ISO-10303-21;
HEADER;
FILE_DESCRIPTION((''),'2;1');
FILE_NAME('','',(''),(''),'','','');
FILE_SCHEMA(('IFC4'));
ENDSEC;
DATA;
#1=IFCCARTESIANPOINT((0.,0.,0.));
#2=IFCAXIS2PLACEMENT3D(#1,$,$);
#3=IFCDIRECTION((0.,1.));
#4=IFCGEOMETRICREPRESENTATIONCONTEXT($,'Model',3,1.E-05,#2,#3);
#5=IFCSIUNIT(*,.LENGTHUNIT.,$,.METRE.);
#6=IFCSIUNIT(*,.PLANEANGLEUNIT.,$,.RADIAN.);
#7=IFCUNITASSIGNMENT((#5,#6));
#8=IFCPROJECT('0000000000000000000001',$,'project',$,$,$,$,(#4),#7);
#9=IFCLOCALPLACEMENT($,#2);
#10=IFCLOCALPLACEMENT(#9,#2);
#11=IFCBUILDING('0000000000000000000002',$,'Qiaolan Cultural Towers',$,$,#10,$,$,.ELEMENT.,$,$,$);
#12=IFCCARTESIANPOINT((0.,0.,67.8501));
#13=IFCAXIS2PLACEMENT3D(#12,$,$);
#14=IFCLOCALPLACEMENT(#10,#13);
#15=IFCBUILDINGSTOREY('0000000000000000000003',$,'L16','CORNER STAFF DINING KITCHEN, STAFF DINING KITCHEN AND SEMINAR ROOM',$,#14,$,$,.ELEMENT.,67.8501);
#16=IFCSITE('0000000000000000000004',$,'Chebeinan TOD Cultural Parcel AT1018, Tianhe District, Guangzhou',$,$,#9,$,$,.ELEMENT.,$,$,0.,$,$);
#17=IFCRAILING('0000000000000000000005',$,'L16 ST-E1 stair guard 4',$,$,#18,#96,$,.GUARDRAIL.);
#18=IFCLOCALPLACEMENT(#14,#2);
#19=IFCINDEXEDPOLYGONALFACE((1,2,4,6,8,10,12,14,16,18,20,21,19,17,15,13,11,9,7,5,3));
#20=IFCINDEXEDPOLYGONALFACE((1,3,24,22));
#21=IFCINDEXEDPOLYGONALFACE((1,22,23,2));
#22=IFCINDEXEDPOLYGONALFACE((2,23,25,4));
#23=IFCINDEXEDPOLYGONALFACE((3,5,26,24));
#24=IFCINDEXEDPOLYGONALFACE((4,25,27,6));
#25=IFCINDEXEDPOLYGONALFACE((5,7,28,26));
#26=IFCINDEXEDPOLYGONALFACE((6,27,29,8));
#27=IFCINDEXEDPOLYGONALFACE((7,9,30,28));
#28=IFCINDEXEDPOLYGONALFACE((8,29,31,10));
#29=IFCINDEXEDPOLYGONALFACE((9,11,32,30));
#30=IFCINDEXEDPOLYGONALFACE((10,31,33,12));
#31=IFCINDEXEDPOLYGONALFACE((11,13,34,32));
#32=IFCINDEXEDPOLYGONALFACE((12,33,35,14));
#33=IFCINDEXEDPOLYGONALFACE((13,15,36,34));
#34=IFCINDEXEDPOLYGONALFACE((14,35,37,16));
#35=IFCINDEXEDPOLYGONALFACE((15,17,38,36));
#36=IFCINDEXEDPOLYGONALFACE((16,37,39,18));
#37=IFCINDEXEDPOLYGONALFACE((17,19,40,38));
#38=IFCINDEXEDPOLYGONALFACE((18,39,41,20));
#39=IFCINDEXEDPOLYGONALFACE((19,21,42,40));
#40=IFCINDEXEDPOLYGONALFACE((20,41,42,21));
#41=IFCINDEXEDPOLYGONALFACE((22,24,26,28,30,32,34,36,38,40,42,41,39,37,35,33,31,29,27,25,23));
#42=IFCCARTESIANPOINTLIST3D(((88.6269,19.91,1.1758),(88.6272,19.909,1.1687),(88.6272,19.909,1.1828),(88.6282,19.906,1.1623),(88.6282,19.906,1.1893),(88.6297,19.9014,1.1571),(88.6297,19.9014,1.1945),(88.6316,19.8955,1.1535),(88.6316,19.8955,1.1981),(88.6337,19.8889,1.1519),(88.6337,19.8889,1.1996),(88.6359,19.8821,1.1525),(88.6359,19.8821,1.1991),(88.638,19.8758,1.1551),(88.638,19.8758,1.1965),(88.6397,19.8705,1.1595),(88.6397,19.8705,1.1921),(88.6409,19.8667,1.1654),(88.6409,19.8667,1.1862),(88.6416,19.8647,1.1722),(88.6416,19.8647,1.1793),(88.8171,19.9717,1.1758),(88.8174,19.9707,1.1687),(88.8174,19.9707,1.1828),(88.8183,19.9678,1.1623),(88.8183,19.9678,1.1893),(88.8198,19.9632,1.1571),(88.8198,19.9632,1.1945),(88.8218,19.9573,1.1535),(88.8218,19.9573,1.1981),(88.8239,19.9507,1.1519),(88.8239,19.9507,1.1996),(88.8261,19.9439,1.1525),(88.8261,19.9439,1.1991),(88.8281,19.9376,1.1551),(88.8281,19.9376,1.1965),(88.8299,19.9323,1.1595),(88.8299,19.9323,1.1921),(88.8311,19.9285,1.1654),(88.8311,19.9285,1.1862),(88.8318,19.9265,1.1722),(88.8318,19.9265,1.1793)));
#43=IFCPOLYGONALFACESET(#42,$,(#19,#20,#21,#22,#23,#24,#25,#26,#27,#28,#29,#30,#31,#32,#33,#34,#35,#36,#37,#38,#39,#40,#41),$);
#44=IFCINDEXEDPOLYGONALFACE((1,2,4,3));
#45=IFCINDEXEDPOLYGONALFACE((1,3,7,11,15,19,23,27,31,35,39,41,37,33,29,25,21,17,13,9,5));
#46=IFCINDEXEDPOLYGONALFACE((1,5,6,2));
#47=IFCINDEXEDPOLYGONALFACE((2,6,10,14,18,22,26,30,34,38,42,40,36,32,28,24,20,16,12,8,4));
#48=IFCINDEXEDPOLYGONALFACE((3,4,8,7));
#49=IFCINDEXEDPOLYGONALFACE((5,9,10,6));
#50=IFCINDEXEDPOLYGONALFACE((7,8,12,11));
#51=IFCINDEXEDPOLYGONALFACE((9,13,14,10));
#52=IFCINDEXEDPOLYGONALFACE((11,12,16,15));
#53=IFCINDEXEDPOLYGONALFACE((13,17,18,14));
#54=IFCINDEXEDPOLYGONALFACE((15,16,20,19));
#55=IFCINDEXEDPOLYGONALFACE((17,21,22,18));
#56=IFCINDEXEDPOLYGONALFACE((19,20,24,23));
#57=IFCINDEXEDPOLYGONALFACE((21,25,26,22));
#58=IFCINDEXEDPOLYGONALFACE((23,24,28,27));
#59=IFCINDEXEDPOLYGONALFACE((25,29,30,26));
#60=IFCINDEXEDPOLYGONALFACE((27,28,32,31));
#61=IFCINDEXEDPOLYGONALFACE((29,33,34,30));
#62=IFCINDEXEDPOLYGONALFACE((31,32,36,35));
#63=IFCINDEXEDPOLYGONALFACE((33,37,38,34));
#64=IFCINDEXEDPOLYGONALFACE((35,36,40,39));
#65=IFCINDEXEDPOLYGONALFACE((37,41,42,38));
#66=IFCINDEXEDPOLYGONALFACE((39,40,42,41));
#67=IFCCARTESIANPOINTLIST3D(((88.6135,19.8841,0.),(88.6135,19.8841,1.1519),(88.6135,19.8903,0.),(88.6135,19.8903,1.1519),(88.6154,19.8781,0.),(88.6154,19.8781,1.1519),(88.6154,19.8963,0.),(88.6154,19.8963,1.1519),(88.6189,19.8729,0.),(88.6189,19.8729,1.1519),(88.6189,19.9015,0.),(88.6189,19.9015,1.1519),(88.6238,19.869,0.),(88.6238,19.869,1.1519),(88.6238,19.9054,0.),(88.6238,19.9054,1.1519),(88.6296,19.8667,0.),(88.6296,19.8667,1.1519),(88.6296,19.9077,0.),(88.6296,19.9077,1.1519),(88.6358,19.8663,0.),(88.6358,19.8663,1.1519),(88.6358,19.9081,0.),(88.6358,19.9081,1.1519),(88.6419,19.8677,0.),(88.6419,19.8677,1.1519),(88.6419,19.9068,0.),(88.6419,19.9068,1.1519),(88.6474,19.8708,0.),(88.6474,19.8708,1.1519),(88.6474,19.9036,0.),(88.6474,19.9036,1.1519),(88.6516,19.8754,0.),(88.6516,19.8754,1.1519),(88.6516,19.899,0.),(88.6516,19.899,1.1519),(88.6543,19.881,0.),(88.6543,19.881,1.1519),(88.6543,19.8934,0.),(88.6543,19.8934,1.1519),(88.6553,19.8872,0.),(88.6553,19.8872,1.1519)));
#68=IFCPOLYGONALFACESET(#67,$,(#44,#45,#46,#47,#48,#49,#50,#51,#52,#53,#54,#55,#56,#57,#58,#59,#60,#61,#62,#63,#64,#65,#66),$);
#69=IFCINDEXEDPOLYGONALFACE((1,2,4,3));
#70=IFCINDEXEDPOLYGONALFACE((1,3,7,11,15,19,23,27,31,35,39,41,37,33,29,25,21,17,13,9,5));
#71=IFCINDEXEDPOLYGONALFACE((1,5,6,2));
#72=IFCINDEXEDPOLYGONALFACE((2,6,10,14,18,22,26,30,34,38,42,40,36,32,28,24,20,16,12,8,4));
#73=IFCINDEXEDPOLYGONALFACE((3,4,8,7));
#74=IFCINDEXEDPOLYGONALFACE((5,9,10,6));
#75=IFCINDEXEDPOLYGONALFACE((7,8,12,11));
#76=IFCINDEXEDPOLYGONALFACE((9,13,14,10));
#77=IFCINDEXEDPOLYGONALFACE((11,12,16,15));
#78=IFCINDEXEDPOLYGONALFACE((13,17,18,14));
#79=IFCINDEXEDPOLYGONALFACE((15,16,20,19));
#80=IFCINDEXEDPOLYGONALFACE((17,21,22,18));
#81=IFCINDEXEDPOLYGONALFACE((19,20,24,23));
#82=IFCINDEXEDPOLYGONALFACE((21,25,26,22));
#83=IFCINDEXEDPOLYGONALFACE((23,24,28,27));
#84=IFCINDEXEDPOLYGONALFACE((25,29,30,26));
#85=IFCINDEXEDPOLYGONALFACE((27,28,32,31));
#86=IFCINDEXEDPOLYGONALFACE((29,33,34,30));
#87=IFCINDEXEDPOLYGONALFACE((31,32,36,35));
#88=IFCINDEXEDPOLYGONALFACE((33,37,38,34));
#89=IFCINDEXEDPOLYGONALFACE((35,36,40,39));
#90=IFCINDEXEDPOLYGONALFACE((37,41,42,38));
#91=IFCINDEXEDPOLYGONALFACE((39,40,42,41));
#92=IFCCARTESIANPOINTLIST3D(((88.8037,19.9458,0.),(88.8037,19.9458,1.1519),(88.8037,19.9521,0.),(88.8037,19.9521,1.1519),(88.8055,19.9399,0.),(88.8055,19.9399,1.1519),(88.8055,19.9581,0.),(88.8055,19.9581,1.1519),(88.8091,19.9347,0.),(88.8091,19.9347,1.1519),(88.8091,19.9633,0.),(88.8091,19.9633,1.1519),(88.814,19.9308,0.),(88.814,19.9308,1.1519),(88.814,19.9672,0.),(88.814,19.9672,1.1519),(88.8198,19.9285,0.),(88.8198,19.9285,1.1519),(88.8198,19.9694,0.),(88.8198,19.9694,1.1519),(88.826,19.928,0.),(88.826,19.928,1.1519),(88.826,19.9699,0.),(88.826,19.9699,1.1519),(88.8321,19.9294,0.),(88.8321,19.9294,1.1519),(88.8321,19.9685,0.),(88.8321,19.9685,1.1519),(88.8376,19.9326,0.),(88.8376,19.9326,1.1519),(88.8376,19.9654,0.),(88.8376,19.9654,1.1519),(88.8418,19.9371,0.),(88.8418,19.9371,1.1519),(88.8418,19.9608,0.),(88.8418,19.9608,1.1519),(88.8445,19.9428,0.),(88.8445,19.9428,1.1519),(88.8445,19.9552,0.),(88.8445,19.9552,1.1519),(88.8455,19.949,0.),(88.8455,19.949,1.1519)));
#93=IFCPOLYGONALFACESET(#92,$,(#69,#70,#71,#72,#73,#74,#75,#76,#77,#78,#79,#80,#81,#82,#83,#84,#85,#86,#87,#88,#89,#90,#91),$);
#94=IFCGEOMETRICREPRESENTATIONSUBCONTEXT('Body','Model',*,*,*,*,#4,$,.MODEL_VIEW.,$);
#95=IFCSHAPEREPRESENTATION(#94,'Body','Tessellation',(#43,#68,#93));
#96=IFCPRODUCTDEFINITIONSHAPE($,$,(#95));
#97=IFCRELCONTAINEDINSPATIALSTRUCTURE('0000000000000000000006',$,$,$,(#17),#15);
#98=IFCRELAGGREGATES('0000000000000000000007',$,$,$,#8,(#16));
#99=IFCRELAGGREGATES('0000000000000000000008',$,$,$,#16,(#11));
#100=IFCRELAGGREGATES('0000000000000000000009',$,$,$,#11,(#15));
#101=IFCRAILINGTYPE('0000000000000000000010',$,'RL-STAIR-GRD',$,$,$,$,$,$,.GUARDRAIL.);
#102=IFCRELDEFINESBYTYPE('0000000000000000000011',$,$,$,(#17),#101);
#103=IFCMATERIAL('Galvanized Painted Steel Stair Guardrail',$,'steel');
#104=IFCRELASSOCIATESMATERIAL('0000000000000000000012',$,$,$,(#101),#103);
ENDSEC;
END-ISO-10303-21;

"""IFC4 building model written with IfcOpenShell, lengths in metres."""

from ifc_helpers import new_model, si_unit, direction, frame, origin, origin_2d, place, context, subcontext, project, spatial, circle, extrude, material, type_object, element, save


model = new_model("IFC4")

# Units and contexts
model_context = context("Model", 3, precision=1e-05, world=origin(), true_north=direction((0.0, 1.0)))
body_context = subcontext(model_context, "Body", "Model", "MODEL_VIEW")
ifc_project = project(units=[si_unit("LENGTHUNIT", "METRE"), si_unit("PLANEANGLEUNIT", "RADIAN")], contexts=[model_context])

# Site, building, storey
site_placement = place(None, origin())
site = spatial("IfcSite", under=ifc_project, at=site_placement, Name="Chebeinan TOD Cultural Parcel AT1018, Tianhe District, Guangzhou", CompositionType="ELEMENT", RefElevation=0.0)
building_placement = place(site_placement, origin())
building = spatial("IfcBuilding", under=site, at=building_placement, Name="Qiaolan Cultural Towers", CompositionType="ELEMENT")
storey_placement = place(building_placement, frame((0.0, 0.0, 67.8501)))
storey = spatial("IfcBuildingStorey", under=building, at=storey_placement, Name="L16", Description="CORNER STAFF DINING KITCHEN, STAFF DINING KITCHEN AND SEMINAR ROOM", CompositionType="ELEMENT", Elevation=67.8501)

# Railing
ifc_material_1 = material(Name="Galvanized Painted Steel Stair Guardrail", Category="steel")
railing_type_1 = type_object("IfcRailingType", Name="RL-STAIR-GRD", PredefinedType="GUARDRAIL", material=ifc_material_1)
railing_1_placement = place(storey_placement, frame((88.6343, 19.8872, 0.0)))
element("IfcRailing", 1, at=railing_1_placement, inside=storey, type_object=railing_type_1, Name="L16 ST-E1 stair guard 4", PredefinedType="GUARDRAIL", context=body_context, shape_type="SweptSolid", body=[
    extrude(circle(Radius=0.0239, at=origin_2d()), frame((0.0, 0.0, 1.1758), z_axis=(0.951097, 0.308893, 0.0), x_axis=(-0.308893, 0.951097, 0.0)), (0.0, 0.0, 1.0), 0.2),
    extrude(circle(Radius=0.021, at=origin_2d()), origin(), (0.0, 0.0, 1.0), 1.1519),
    extrude(circle(Radius=0.021, at=origin_2d()), frame((0.1902, 0.0618, 0.0)), (0.0, 0.0, 1.0), 1.1519),
])

save(model, "model.ifc")
